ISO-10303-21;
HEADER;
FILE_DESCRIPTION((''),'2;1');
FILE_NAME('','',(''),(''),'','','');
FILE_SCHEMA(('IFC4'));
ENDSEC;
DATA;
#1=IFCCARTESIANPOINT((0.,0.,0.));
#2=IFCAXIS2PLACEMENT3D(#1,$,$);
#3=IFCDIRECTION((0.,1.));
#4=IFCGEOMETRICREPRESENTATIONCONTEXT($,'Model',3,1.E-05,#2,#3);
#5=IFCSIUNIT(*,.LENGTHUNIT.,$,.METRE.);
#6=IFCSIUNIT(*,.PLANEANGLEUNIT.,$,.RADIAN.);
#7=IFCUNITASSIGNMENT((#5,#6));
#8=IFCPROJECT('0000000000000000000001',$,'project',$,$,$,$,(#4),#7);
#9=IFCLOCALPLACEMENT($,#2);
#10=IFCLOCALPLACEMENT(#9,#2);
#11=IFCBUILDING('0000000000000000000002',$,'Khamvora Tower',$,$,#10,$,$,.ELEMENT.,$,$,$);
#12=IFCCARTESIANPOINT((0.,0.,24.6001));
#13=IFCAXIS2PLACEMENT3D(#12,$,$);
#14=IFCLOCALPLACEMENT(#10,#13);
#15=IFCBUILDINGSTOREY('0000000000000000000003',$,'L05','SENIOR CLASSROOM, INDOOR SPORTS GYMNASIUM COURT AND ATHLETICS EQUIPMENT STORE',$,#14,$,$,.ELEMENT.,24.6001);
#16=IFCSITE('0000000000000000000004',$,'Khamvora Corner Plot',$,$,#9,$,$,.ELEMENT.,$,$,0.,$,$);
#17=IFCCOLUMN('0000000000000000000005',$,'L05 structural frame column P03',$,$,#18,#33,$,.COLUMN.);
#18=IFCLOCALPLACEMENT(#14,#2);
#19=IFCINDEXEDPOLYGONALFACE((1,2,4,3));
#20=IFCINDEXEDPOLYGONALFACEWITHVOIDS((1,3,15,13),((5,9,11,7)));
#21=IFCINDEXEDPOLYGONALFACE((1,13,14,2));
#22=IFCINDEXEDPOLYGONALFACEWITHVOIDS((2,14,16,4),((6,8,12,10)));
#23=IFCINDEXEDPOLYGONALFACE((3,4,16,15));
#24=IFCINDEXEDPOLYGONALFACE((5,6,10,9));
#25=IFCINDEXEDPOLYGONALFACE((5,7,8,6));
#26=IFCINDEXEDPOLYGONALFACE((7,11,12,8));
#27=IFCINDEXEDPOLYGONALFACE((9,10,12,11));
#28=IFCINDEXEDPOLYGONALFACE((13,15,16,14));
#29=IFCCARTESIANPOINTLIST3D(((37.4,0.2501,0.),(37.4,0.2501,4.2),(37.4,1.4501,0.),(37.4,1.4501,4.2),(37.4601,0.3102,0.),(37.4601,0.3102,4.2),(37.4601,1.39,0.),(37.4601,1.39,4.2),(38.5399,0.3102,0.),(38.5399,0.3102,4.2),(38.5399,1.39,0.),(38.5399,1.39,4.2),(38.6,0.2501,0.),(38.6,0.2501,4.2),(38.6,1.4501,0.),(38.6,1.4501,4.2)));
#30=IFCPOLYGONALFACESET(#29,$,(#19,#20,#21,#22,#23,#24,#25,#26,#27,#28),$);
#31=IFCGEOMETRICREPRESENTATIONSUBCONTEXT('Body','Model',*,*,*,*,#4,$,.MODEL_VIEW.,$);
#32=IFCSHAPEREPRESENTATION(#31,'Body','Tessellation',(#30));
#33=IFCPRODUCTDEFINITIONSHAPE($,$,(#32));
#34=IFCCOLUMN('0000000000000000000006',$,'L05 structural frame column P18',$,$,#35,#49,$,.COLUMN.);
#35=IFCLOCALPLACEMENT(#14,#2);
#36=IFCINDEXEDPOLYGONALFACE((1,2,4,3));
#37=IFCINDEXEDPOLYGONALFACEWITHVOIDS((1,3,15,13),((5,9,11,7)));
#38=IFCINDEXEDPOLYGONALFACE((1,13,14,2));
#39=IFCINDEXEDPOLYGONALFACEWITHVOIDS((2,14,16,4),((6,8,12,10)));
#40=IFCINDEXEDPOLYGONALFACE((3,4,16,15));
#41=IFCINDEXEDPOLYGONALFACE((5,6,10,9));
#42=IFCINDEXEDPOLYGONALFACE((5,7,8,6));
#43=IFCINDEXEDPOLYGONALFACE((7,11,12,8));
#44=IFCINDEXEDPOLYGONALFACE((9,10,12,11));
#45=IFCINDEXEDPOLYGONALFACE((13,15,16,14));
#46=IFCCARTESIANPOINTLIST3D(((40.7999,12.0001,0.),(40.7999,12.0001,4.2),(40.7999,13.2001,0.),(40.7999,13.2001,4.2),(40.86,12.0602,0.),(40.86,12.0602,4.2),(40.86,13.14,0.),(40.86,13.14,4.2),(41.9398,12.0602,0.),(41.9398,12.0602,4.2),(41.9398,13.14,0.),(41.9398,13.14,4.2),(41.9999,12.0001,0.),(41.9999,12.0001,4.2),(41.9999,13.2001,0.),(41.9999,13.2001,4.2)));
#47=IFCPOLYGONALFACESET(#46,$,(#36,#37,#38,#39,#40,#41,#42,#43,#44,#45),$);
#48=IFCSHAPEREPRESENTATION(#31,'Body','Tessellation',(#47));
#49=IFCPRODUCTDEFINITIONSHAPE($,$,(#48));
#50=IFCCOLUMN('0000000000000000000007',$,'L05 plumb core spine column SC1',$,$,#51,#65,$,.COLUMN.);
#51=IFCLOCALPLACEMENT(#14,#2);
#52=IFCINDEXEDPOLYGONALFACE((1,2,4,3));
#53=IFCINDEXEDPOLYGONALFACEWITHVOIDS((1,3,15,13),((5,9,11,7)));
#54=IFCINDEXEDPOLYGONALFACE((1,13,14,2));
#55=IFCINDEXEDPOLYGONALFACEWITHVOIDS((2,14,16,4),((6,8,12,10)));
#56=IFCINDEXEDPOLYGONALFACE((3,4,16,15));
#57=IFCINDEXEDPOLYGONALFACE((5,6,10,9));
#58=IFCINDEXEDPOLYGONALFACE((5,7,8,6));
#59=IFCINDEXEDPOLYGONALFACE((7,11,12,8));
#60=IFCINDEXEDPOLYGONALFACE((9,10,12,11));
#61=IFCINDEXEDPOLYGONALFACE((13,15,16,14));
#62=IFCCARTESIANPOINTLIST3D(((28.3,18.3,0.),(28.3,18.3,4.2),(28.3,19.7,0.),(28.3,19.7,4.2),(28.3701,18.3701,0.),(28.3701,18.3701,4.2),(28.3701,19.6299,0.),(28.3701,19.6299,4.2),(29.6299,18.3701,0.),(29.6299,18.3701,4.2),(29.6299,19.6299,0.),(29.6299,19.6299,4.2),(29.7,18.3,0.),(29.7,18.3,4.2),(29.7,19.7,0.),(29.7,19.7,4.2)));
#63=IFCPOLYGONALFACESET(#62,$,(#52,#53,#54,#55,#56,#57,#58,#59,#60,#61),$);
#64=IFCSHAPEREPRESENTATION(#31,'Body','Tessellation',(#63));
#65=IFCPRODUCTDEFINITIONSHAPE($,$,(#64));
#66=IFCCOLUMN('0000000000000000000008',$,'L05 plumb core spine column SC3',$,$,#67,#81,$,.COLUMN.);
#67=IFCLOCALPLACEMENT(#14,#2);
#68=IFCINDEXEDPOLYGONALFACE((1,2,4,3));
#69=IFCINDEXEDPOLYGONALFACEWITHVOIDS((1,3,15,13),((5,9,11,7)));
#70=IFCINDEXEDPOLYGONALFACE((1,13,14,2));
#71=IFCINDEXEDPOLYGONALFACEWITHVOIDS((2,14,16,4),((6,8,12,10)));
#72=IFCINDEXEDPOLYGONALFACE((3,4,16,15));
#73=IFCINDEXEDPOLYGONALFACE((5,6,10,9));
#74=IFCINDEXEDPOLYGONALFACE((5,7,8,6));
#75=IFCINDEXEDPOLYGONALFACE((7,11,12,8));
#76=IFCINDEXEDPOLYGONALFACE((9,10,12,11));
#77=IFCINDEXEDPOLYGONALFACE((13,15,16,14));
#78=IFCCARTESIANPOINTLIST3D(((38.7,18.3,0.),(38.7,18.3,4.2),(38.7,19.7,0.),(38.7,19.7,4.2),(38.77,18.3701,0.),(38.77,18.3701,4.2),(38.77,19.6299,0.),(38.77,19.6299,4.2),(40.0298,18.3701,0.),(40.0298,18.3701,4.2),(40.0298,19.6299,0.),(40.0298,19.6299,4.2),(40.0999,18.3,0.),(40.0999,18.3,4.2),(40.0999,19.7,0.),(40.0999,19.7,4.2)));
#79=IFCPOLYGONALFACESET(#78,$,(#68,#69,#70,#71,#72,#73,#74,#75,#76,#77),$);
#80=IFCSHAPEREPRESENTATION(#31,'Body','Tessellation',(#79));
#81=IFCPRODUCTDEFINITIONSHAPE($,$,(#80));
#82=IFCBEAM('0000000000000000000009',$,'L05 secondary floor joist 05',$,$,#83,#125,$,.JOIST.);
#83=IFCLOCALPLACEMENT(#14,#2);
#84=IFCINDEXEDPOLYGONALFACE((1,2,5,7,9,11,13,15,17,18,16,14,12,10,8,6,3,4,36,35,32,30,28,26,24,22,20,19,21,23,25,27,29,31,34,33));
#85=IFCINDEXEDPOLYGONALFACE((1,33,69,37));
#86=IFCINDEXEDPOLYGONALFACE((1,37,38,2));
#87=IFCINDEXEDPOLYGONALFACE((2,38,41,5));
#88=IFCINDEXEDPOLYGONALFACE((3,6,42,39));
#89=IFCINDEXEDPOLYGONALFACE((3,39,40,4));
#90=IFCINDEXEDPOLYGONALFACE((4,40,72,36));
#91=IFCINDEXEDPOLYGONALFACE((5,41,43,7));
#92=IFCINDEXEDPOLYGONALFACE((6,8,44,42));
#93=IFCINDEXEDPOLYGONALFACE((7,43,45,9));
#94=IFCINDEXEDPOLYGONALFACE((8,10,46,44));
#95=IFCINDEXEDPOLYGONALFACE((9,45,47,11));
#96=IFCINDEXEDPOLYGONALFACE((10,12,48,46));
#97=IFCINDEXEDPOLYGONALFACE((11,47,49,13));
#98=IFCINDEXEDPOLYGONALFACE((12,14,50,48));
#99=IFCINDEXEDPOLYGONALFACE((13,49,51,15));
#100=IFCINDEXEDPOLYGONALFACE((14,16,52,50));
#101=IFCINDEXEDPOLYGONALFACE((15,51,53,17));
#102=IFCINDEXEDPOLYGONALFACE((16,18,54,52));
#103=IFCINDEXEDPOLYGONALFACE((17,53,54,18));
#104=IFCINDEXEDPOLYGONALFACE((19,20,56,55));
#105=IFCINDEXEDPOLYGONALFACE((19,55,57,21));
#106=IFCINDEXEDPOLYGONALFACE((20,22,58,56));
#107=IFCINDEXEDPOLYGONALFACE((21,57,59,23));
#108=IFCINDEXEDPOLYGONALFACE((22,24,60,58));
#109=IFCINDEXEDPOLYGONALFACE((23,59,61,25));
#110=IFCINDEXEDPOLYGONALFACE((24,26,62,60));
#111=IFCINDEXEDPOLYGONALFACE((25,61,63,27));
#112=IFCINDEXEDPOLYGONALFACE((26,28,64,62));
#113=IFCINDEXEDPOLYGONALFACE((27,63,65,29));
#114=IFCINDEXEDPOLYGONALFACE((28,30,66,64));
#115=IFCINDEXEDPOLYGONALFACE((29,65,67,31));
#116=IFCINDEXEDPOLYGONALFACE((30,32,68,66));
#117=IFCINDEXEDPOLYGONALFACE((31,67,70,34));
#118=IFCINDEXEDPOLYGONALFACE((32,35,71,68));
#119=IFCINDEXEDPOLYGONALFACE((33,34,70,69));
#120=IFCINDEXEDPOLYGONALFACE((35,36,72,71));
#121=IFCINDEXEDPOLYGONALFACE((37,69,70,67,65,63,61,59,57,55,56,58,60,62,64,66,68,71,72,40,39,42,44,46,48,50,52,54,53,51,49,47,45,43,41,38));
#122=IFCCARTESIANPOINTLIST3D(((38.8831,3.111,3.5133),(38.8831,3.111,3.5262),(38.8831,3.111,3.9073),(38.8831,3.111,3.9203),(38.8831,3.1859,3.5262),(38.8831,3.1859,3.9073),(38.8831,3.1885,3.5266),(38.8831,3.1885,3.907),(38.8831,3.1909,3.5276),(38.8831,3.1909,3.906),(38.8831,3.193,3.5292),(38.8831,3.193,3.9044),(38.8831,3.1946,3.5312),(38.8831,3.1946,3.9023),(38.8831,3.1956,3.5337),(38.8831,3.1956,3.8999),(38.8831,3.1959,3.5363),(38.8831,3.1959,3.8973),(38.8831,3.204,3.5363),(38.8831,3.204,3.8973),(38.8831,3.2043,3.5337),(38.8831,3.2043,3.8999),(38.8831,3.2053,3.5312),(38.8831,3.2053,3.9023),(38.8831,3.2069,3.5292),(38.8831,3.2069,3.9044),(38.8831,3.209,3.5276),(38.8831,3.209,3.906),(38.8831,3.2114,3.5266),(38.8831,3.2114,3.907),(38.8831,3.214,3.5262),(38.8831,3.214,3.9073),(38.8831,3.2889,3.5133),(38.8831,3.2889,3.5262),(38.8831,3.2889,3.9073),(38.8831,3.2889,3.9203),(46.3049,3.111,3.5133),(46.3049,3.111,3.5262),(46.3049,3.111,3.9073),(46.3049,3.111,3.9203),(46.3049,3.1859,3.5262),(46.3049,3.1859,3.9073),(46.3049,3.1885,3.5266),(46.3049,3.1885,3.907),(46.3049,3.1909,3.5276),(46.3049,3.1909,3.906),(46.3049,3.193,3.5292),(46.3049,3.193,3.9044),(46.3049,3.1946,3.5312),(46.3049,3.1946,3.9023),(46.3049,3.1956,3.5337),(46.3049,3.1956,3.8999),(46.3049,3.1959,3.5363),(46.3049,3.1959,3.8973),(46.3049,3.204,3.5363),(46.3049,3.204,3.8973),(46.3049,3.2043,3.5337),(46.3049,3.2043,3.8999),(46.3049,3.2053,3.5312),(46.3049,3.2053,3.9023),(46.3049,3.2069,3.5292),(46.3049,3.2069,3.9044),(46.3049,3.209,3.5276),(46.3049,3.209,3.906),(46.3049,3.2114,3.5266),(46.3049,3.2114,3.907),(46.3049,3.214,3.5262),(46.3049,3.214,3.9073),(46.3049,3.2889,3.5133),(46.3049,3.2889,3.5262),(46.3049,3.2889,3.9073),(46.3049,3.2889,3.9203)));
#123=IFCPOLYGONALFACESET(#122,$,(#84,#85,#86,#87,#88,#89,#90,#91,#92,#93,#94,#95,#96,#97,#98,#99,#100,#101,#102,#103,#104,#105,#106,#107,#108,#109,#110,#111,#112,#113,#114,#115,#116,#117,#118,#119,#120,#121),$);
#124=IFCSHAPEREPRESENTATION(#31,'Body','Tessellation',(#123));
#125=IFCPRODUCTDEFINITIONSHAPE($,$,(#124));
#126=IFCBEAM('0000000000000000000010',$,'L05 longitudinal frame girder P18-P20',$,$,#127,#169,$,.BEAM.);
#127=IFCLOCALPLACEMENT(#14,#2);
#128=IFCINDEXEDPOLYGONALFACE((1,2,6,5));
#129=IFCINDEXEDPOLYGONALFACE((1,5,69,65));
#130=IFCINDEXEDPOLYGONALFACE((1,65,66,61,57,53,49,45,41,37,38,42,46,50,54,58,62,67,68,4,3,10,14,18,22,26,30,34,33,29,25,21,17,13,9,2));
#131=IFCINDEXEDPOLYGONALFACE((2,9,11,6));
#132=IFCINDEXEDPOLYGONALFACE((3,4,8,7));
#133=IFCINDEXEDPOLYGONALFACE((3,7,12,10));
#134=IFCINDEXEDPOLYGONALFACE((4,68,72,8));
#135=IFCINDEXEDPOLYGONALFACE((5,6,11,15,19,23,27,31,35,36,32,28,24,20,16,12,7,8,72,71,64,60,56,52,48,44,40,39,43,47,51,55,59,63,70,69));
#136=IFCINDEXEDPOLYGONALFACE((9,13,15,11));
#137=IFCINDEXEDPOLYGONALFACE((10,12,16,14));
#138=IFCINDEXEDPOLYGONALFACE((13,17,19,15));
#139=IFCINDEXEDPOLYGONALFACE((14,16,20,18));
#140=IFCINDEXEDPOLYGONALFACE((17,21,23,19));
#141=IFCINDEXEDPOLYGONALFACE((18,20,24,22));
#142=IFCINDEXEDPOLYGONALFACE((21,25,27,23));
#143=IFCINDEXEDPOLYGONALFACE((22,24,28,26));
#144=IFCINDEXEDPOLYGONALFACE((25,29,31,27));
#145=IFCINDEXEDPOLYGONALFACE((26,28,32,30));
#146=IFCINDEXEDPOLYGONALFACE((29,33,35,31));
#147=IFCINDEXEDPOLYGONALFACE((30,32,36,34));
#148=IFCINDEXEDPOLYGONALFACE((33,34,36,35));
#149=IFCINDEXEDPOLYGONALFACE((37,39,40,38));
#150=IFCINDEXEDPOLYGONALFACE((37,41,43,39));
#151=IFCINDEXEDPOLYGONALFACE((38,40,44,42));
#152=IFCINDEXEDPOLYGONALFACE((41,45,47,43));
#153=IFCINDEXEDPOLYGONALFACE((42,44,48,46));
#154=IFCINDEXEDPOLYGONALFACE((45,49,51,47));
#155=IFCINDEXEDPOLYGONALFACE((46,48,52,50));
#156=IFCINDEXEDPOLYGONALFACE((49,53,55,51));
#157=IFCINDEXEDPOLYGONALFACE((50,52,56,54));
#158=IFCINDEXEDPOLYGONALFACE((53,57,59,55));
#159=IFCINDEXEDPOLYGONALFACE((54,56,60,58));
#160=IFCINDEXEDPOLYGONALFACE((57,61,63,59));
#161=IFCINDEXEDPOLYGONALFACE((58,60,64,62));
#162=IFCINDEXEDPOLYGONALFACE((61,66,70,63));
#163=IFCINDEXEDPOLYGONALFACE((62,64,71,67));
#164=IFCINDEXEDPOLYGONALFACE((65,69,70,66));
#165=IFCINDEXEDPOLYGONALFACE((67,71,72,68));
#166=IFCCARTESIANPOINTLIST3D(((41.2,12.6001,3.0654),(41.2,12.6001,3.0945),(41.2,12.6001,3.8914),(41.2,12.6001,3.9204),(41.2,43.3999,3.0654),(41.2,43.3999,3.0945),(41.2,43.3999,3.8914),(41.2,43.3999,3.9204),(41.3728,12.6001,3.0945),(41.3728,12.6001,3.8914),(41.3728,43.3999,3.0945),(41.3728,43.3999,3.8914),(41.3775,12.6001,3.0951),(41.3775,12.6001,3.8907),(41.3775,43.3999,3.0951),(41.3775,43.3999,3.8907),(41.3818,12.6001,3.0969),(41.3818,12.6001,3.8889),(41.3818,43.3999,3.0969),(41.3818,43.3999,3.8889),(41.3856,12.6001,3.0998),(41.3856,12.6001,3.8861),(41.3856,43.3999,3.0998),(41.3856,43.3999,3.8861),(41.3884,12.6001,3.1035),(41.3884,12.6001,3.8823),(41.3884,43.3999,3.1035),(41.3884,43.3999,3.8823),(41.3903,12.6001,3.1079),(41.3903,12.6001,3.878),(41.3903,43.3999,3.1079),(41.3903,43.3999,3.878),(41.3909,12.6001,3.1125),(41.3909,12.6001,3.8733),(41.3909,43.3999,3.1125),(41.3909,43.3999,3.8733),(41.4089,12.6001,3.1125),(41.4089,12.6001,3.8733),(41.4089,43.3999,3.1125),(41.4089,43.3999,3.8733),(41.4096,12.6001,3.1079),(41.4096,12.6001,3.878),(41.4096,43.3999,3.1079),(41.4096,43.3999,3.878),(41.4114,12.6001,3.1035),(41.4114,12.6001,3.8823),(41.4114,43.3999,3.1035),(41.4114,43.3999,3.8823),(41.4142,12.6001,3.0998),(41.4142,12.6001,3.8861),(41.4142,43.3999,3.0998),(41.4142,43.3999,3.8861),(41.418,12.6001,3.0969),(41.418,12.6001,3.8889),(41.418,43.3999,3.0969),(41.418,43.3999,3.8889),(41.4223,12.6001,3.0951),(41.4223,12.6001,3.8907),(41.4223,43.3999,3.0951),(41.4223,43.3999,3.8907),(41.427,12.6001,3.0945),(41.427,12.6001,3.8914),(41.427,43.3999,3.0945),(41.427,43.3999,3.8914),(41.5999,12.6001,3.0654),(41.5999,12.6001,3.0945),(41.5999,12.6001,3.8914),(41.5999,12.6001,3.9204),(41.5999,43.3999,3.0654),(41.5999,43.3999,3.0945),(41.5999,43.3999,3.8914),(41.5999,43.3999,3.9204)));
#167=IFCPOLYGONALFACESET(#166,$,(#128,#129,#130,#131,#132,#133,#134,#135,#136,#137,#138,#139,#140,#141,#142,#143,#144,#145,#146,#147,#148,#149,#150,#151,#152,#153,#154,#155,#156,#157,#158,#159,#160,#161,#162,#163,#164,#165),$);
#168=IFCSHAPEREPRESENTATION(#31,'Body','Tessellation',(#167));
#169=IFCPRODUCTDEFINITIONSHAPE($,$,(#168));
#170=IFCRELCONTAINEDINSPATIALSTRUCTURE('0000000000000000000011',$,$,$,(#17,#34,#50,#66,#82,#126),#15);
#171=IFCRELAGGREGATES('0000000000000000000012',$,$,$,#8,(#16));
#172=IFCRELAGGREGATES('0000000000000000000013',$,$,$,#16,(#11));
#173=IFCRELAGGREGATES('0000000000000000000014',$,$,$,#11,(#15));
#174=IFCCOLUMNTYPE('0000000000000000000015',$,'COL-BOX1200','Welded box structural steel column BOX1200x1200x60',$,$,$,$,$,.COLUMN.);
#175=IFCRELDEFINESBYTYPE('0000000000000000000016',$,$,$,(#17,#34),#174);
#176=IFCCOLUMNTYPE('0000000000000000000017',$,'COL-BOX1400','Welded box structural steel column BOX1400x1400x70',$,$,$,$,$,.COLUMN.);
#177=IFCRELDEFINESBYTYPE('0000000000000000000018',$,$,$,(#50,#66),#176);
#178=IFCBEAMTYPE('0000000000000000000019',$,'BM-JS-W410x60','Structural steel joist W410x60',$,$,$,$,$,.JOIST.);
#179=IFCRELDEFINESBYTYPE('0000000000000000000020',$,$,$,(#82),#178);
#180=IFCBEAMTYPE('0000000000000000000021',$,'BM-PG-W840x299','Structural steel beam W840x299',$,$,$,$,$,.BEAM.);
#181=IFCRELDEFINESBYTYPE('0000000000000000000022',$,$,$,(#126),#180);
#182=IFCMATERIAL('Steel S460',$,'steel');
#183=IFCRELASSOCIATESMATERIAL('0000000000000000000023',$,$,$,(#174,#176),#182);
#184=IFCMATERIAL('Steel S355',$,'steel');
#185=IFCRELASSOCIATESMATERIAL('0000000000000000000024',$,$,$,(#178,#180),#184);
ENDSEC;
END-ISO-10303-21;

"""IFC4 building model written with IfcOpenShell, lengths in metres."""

from ifc_helpers import new_model, si_unit, direction, frame, origin, origin_2d, place, context, subcontext, project, spatial, hollow_rectangle, i_section, extrude, material, material_profile, profile_set, type_object, element, save


model = new_model("IFC4")

# Units and contexts
model_context = context("Model", 3, precision=1e-05, world=origin(), true_north=direction((0.0, 1.0)))
body_context = subcontext(model_context, "Body", "Model", "MODEL_VIEW")
ifc_project = project(units=[si_unit("LENGTHUNIT", "METRE"), si_unit("PLANEANGLEUNIT", "RADIAN")], contexts=[model_context])

# Site, building, storey
site_placement = place(None, origin())
site = spatial("IfcSite", under=ifc_project, at=site_placement, Name="Khamvora Corner Plot", CompositionType="ELEMENT", RefElevation=0.0)
building_placement = place(site_placement, origin())
building = spatial("IfcBuilding", under=site, at=building_placement, Name="Khamvora Tower", CompositionType="ELEMENT")
storey_placement = place(building_placement, frame((0.0, 0.0, 24.6001)))
storey = spatial("IfcBuildingStorey", under=building, at=storey_placement, Name="L05", Description="SENIOR CLASSROOM, INDOOR SPORTS GYMNASIUM COURT AND ATHLETICS EQUIPMENT STORE", CompositionType="ELEMENT", Elevation=24.6001)

# Columns
ifc_material_1 = material(Name="Steel S460", Category="steel")
ifc_material_profile_1 = material_profile(ifc_material_1, hollow_rectangle(XDim=1.2, YDim=1.2, WallThickness=0.0601, at=origin_2d()), Name="BOX1200x1200x60")
ifc_profile_set_1 = profile_set([ifc_material_profile_1], Name="Steel S460")
column_type_1 = type_object("IfcColumnType", Name="COL-BOX1200", Description="Welded box structural steel column BOX1200x1200x60", PredefinedType="COLUMN", material=ifc_profile_set_1)
for number, where, z_axis, x_axis, name in (
    (1, (38.0, 0.8501, 0.0), (0.0, 0.0, 1.0), (1.0, 0.0, 0.0), "L05 structural frame column P03"),
    (2, (41.3999, 12.6001, 0.0), (0.0, 0.0, 1.0), (1.0, 0.0, 0.0), "L05 structural frame column P18"),
):
    element("IfcColumn", number, at=place(storey_placement, frame(where, z_axis=z_axis, x_axis=x_axis)), inside=storey, type_object=column_type_1, Name=name, PredefinedType="COLUMN", context=body_context, shape_type="SweptSolid", body=[
        extrude(hollow_rectangle(XDim=1.2, YDim=1.2, WallThickness=0.0601, at=origin_2d()), origin(), (0.0, 0.0, 1.0), 4.2),
    ])
ifc_material_profile_2 = material_profile(ifc_material_1, hollow_rectangle(XDim=1.3999, YDim=1.3999, WallThickness=0.0701, at=origin_2d()), Name="BOX1400x1400x70")
ifc_profile_set_2 = profile_set([ifc_material_profile_2], Name="Steel S460")
column_type_2 = type_object("IfcColumnType", Name="COL-BOX1400", Description="Welded box structural steel column BOX1400x1400x70", PredefinedType="COLUMN", material=ifc_profile_set_2)
for number, where, z_axis, x_axis, name in (
    (3, (29.0, 19.0, 0.0), (0.0, 0.0, 1.0), (1.0, 0.0, 0.0), "L05 plumb core spine column SC1"),
    (4, (39.3999, 19.0, 0.0), (0.0, 0.0, 1.0), (1.0, 0.0, 0.0), "L05 plumb core spine column SC3"),
):
    element("IfcColumn", number, at=place(storey_placement, frame(where, z_axis=z_axis, x_axis=x_axis)), inside=storey, type_object=column_type_2, Name=name, PredefinedType="COLUMN", context=body_context, shape_type="SweptSolid", body=[
        extrude(hollow_rectangle(XDim=1.3999, YDim=1.3999, WallThickness=0.0701, at=origin_2d()), origin(), (0.0, 0.0, 1.0), 4.2),
    ])

# Beams
ifc_material_2 = material(Name="Steel S355", Category="steel")
ifc_material_profile_3 = material_profile(ifc_material_2, i_section(OverallWidth=0.178, OverallDepth=0.407, WebThickness=0.0081, FlangeThickness=0.0129, FilletRadius=0.01, at=origin_2d()), Name="W410x60")
ifc_profile_set_3 = profile_set([ifc_material_profile_3], Name="Steel S355")
beam_type_1 = type_object("IfcBeamType", Name="BM-JS-W410x60", Description="Structural steel joist W410x60", PredefinedType="JOIST", material=ifc_profile_set_3)
beam_1_placement = place(storey_placement, frame((38.8831, 3.2, 3.7168), z_axis=(1.0, 0.0, 0.0), x_axis=(0.0, 1.0, 0.0)))
element("IfcBeam", 5, at=beam_1_placement, inside=storey, type_object=beam_type_1, Name="L05 secondary floor joist 05", PredefinedType="JOIST", context=body_context, shape_type="SweptSolid", body=[
    extrude(i_section(OverallWidth=0.178, OverallDepth=0.407, WebThickness=0.0081, FlangeThickness=0.0129, FilletRadius=0.01, at=origin_2d()), origin(), (0.0, 0.0, 1.0), 7.4219),
])
ifc_material_profile_4 = material_profile(ifc_material_2, i_section(OverallWidth=0.3999, OverallDepth=0.855, WebThickness=0.0181, FlangeThickness=0.0291, FilletRadius=0.0181, at=origin_2d()), Name="W840x299")
ifc_profile_set_4 = profile_set([ifc_material_profile_4], Name="Steel S355")
beam_type_2 = type_object("IfcBeamType", Name="BM-PG-W840x299", Description="Structural steel beam W840x299", PredefinedType="BEAM", material=ifc_profile_set_4)
beam_2_placement = place(storey_placement, frame((41.3999, 12.6001, 3.4929), z_axis=(0.0, 1.0, 0.0), x_axis=(-1.0, 0.0, 0.0)))
element("IfcBeam", 6, at=beam_2_placement, inside=storey, type_object=beam_type_2, Name="L05 longitudinal frame girder P18-P20", PredefinedType="BEAM", context=body_context, shape_type="SweptSolid", body=[
    extrude(i_section(OverallWidth=0.3999, OverallDepth=0.855, WebThickness=0.0181, FlangeThickness=0.0291, FilletRadius=0.0181, at=origin_2d()), origin(), (0.0, 0.0, 1.0), 30.7998),
])

save(model, "model.ifc")
